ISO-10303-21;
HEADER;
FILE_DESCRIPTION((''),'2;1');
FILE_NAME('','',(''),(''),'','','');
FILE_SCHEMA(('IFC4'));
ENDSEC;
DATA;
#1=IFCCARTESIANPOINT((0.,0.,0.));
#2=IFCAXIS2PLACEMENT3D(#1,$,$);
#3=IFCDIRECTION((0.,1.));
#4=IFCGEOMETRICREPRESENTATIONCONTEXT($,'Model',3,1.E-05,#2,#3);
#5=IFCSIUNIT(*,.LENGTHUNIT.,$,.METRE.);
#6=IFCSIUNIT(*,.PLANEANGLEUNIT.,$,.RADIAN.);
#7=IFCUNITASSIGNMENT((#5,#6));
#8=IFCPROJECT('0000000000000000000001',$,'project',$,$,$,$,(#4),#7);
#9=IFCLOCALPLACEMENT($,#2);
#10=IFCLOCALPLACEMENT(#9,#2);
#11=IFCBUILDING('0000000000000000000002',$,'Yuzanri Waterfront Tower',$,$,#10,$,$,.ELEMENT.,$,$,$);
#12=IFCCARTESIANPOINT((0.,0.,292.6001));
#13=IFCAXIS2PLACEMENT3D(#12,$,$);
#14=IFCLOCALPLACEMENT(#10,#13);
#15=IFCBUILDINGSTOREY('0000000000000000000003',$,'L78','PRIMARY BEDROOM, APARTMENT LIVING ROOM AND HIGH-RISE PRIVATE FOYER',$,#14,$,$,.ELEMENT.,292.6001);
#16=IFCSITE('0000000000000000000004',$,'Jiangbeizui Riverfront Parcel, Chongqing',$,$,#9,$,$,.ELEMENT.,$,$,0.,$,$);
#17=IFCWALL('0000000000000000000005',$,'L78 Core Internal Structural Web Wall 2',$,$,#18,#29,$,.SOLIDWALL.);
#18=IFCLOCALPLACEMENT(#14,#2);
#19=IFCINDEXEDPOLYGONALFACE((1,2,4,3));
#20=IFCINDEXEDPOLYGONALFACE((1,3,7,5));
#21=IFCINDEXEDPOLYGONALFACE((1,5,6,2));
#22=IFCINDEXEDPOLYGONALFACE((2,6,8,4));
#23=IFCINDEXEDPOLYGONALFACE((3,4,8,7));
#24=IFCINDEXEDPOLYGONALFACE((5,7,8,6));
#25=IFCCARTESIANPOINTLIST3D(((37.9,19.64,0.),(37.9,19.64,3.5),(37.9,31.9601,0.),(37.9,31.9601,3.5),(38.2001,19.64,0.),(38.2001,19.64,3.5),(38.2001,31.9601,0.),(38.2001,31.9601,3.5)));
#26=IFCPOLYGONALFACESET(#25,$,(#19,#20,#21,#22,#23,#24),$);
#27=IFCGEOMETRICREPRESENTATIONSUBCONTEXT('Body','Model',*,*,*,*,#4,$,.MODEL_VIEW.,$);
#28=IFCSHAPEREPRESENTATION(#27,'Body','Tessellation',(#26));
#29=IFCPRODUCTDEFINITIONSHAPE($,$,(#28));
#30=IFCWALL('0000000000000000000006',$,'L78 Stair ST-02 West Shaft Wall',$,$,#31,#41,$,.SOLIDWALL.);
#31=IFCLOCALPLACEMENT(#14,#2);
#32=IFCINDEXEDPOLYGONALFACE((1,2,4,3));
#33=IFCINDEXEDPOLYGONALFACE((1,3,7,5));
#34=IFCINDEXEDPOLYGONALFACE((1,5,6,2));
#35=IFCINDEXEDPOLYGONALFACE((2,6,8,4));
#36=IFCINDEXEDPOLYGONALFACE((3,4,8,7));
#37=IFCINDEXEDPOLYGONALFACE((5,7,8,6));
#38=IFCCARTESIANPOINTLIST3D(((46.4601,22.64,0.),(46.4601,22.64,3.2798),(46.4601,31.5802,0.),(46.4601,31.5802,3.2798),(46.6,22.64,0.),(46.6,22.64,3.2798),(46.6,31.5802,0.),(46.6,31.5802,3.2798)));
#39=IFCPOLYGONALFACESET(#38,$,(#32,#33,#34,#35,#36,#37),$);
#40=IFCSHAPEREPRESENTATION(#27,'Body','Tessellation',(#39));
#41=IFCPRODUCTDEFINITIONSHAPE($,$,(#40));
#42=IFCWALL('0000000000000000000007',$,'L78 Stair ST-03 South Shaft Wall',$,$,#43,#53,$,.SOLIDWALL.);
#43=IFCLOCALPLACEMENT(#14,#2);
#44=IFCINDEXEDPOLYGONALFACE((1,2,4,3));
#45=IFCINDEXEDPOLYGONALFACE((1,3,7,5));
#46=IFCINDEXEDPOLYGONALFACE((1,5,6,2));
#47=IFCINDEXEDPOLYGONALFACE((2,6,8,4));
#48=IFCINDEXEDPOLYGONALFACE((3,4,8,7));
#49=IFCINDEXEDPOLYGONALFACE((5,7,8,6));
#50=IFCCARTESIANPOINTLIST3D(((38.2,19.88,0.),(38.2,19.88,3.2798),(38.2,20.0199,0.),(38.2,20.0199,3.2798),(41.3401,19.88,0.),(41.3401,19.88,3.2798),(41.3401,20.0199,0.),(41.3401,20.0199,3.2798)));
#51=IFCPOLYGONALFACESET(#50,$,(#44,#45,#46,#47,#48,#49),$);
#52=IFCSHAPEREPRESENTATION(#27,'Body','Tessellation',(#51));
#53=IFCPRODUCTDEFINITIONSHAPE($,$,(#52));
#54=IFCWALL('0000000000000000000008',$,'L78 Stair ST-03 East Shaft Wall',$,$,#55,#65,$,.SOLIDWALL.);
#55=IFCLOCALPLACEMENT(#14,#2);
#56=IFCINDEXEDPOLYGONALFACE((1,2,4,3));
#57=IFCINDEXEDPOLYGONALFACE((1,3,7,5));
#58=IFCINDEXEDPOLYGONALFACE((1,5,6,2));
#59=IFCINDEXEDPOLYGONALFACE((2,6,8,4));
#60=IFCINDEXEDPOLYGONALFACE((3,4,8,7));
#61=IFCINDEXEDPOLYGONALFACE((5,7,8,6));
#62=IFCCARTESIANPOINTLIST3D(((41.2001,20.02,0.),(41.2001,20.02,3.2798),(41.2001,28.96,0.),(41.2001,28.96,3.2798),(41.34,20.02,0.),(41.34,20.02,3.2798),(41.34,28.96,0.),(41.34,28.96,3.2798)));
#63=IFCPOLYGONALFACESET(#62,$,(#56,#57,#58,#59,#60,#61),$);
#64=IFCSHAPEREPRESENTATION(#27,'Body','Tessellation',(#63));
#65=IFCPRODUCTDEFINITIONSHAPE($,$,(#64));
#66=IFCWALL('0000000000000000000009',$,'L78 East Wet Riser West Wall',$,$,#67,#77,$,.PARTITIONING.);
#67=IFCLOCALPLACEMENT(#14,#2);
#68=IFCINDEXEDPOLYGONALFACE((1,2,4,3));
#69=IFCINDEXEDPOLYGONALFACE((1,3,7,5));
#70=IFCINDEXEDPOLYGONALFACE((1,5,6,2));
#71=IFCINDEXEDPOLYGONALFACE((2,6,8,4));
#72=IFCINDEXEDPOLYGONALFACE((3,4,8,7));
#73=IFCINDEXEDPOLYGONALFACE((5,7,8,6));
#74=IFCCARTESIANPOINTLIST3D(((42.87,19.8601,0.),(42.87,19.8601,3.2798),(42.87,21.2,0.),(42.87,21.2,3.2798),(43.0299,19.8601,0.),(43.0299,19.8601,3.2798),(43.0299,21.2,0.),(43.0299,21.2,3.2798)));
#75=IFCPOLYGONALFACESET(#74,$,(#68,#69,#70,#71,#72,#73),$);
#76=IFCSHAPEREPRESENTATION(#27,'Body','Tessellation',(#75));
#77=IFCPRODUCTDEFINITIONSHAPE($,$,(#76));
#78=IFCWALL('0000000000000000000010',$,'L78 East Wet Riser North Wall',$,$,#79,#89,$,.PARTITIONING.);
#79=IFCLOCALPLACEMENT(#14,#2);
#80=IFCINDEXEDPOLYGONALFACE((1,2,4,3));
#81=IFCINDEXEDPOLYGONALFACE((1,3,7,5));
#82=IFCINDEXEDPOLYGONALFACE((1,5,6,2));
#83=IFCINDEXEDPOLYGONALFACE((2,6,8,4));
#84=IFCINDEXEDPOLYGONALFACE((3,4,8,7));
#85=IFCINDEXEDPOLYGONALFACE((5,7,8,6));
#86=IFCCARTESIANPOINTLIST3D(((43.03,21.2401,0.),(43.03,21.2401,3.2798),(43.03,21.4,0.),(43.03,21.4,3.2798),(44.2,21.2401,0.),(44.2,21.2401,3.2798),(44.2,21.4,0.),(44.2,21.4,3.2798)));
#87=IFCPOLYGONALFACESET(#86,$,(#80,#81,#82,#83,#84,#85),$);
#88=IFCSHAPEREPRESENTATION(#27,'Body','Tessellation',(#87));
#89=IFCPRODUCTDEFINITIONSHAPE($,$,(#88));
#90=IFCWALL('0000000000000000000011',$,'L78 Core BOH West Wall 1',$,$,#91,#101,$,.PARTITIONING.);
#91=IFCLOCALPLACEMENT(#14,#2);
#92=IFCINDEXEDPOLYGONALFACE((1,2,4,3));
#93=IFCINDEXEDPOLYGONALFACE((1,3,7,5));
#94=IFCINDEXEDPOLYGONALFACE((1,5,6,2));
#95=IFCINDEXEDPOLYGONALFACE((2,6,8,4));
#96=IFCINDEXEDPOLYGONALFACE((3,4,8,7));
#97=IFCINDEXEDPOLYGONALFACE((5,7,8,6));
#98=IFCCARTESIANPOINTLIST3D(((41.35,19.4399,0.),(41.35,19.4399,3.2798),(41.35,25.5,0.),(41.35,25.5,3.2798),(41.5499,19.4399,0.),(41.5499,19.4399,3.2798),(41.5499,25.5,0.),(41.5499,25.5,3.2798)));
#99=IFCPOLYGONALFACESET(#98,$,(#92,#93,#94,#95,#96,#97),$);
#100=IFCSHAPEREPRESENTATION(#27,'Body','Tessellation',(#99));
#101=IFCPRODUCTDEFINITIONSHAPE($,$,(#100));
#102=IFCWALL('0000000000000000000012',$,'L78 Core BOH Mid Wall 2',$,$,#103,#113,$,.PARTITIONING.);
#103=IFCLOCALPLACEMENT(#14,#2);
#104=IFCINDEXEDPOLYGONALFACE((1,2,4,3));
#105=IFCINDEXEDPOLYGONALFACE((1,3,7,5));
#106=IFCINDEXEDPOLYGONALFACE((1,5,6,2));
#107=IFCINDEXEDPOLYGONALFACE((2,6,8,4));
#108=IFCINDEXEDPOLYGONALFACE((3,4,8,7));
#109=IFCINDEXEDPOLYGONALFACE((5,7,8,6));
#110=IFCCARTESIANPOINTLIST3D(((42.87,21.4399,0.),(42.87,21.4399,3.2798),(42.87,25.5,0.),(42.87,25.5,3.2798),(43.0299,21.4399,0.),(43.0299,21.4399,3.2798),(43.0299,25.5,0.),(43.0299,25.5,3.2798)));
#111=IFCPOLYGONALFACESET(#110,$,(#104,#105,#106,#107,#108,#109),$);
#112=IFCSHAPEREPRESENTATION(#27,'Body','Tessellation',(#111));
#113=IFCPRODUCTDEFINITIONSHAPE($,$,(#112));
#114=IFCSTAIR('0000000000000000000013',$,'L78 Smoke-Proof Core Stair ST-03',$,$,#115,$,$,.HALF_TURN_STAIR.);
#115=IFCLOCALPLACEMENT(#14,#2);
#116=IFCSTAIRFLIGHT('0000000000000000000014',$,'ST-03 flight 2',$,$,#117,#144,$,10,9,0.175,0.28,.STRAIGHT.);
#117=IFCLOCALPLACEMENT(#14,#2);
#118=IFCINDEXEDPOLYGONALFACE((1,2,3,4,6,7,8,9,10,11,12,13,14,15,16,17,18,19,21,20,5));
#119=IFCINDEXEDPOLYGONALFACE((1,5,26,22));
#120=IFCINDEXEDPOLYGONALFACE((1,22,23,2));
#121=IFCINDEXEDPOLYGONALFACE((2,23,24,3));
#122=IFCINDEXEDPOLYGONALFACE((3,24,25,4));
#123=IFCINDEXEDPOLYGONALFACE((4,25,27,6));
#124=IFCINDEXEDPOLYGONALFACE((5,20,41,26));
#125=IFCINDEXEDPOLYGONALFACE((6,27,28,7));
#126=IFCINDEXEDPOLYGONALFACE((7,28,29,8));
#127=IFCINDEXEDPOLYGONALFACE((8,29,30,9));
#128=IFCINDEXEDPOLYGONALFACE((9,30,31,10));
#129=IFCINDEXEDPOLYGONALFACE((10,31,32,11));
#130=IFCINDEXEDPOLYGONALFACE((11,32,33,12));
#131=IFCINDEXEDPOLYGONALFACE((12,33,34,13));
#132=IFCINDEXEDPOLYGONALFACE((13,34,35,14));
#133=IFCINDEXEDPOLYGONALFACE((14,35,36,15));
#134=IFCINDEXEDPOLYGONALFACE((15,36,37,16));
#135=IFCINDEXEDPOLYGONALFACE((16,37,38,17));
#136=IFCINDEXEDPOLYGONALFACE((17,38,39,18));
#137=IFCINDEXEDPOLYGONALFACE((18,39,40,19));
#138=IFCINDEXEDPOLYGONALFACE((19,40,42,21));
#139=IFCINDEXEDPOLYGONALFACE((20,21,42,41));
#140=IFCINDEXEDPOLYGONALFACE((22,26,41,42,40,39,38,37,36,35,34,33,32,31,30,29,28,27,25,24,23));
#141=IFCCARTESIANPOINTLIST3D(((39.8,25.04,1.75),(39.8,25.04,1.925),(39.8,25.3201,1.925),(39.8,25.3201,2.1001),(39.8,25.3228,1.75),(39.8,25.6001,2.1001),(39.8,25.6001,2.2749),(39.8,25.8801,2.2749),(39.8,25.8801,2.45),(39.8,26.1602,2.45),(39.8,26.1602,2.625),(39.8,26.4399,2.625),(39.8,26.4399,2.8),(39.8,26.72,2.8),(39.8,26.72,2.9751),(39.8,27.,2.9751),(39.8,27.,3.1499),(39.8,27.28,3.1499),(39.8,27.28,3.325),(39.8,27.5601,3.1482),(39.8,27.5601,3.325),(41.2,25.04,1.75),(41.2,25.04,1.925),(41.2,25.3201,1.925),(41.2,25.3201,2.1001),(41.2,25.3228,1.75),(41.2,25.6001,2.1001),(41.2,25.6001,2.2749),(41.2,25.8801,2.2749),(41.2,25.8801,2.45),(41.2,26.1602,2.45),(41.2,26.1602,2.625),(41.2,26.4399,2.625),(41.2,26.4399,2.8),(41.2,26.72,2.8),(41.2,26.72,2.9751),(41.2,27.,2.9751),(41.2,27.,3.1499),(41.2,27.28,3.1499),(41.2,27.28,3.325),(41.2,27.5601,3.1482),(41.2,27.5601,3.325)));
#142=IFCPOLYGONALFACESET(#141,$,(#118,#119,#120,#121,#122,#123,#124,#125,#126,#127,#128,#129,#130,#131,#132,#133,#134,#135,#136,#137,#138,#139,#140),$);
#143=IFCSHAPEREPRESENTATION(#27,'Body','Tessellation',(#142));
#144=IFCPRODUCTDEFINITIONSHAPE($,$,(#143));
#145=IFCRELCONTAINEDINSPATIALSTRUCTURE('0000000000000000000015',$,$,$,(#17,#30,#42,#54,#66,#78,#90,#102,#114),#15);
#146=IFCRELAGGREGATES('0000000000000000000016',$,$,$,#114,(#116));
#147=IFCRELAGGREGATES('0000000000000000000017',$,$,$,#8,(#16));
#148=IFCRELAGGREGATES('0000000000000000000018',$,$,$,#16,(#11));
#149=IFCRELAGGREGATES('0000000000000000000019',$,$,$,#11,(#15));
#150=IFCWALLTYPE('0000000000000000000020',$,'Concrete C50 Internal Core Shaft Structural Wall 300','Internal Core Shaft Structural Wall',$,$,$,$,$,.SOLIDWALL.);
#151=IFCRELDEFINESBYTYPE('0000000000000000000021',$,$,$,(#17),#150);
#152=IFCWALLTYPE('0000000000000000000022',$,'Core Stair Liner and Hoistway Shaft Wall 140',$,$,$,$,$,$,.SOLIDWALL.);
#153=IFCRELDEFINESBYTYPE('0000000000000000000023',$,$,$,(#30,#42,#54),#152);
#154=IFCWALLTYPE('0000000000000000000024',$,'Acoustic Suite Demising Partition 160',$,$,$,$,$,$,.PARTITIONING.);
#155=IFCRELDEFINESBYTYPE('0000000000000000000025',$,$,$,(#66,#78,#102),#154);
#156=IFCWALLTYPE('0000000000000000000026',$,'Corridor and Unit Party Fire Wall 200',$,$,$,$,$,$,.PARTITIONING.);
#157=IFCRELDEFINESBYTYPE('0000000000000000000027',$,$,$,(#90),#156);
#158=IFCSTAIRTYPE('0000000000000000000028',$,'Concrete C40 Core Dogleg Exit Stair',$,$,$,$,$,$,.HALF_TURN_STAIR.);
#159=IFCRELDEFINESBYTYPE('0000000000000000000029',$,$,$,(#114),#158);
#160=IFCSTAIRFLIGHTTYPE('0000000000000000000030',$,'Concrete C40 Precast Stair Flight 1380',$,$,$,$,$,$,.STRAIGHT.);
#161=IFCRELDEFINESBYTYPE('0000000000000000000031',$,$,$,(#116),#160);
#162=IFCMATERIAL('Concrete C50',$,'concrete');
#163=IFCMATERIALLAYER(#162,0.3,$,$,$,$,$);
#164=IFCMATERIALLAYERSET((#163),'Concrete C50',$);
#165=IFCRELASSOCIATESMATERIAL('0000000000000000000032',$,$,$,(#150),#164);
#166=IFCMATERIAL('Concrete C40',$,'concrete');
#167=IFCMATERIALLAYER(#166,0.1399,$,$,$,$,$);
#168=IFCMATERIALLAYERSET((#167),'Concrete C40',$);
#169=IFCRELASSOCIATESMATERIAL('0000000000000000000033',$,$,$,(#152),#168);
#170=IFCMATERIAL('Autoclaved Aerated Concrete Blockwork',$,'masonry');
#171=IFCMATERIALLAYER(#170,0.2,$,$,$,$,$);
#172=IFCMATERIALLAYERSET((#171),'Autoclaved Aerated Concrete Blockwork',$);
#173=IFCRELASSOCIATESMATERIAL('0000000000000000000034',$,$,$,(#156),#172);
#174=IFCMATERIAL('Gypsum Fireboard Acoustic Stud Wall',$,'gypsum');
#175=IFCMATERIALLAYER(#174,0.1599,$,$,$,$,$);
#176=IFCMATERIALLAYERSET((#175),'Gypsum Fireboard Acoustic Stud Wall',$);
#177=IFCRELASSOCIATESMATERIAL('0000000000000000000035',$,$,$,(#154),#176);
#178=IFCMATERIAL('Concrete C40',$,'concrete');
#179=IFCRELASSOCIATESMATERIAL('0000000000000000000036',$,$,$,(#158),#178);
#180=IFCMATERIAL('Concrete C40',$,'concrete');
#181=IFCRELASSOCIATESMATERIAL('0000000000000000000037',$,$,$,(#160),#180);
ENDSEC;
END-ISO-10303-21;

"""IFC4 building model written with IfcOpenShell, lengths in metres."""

from ifc_helpers import new_model, si_unit, direction, frame, frame_2d, origin, place, context, subcontext, project, spatial, polyline, rectangle, outline, extrude, source, transform, mapped, material, layer, layer_set, type_object, element, aggregate, save


model = new_model("IFC4")

# Units and contexts
model_context = context("Model", 3, precision=1e-05, world=origin(), true_north=direction((0.0, 1.0)))
body_context = subcontext(model_context, "Body", "Model", "MODEL_VIEW")
ifc_project = project(units=[si_unit("LENGTHUNIT", "METRE"), si_unit("PLANEANGLEUNIT", "RADIAN")], contexts=[model_context])

# Site, building, storey
site_placement = place(None, origin())
site = spatial("IfcSite", under=ifc_project, at=site_placement, Name="Jiangbeizui Riverfront Parcel, Chongqing", CompositionType="ELEMENT", RefElevation=0.0)
building_placement = place(site_placement, origin())
building = spatial("IfcBuilding", under=site, at=building_placement, Name="Yuzanri Waterfront Tower", CompositionType="ELEMENT")
storey_placement = place(building_placement, frame((0.0, 0.0, 292.6001)))
storey = spatial("IfcBuildingStorey", under=building, at=storey_placement, Name="L78", Description="PRIMARY BEDROOM, APARTMENT LIVING ROOM AND HIGH-RISE PRIVATE FOYER", CompositionType="ELEMENT", Elevation=292.6001)

# Shared definitions
ifc_material_1 = material(Name="Concrete C50", Category="concrete")
ifc_layer_1 = layer(ifc_material_1, 0.3)
ifc_layer_set_1 = layer_set([ifc_layer_1], Name="Concrete C50")
wall_type_1 = type_object("IfcWallType", Name="Concrete C50 Internal Core Shaft Structural Wall 300", Description="Internal Core Shaft Structural Wall", PredefinedType="SOLIDWALL", material=ifc_layer_set_1)

# Shared definitions
ifc_material_2 = material(Name="Concrete C40", Category="concrete")
ifc_layer_2 = layer(ifc_material_2, 0.1399)
ifc_layer_set_2 = layer_set([ifc_layer_2], Name="Concrete C40")
wall_type_2 = type_object("IfcWallType", Name="Core Stair Liner and Hoistway Shaft Wall 140", PredefinedType="SOLIDWALL", material=ifc_layer_set_2)
ifc_material_3 = material(Name="Autoclaved Aerated Concrete Blockwork", Category="masonry")
ifc_layer_3 = layer(ifc_material_3, 0.2)
ifc_layer_set_3 = layer_set([ifc_layer_3], Name="Autoclaved Aerated Concrete Blockwork")
wall_type_3 = type_object("IfcWallType", Name="Corridor and Unit Party Fire Wall 200", PredefinedType="PARTITIONING", material=ifc_layer_set_3)

# Walls
shared_shape_1 = source(origin(), body_context, "Body", "SweptSolid", [
    extrude(rectangle(XDim=12.3201, YDim=0.3, at=frame_2d((6.1602, 0.0))), origin(), (0.0, 0.0, 1.0), 3.5),
])
wall_1_placement = place(storey_placement, frame((38.05, 19.6399, 0.0), z_axis=(0.0, 0.0, 1.0), x_axis=(0.0, 1.0, 0.0)))
element("IfcWall", 1, at=wall_1_placement, inside=storey, type_object=wall_type_1, Name="L78 Core Internal Structural Web Wall 2", PredefinedType="SOLIDWALL", context=body_context, shape_type="MappedRepresentation", body=[
    mapped(shared_shape_1, transform((0.0, 0.0, 0.0), scale=1.0)),
])
shared_shape_2 = source(origin(), body_context, "Body", "SweptSolid", [
    extrude(rectangle(XDim=8.9402, YDim=0.1399, at=frame_2d((4.4702, 0.0))), origin(), (0.0, 0.0, 1.0), 3.2798),
])
wall_2_placement = place(storey_placement, frame((46.53, 22.6399, 0.0), z_axis=(0.0, 0.0, 1.0), x_axis=(0.0, 1.0, 0.0)))
element("IfcWall", 2, at=wall_2_placement, inside=storey, type_object=wall_type_2, Name="L78 Stair ST-02 West Shaft Wall", PredefinedType="SOLIDWALL", context=body_context, shape_type="MappedRepresentation", body=[
    mapped(shared_shape_2, transform((0.0, 0.0, 0.0), scale=1.0)),
])
shared_shape_3 = source(origin(), body_context, "Body", "SweptSolid", [
    extrude(rectangle(XDim=3.1401, YDim=0.1399, at=frame_2d((1.5701, 0.0))), origin(), (0.0, 0.0, 1.0), 3.2798),
])
wall_3_placement = place(storey_placement, frame((38.2, 19.95, 0.0), z_axis=(0.0, 0.0, 1.0), x_axis=(1.0, 0.0, 0.0)))
element("IfcWall", 3, at=wall_3_placement, inside=storey, type_object=wall_type_2, Name="L78 Stair ST-03 South Shaft Wall", PredefinedType="SOLIDWALL", context=body_context, shape_type="MappedRepresentation", body=[
    mapped(shared_shape_3, transform((0.0, 0.0, 0.0), scale=1.0)),
])
shared_shape_4 = source(origin(), body_context, "Body", "SweptSolid", [
    extrude(rectangle(XDim=8.9399, YDim=0.1399, at=frame_2d((4.47, 0.0))), origin(), (0.0, 0.0, 1.0), 3.2798),
])
wall_4_placement = place(storey_placement, frame((41.27, 20.02, 0.0), z_axis=(0.0, 0.0, 1.0), x_axis=(0.0, 1.0, 0.0)))
element("IfcWall", 4, at=wall_4_placement, inside=storey, type_object=wall_type_2, Name="L78 Stair ST-03 East Shaft Wall", PredefinedType="SOLIDWALL", context=body_context, shape_type="MappedRepresentation", body=[
    mapped(shared_shape_4, transform((0.0, 0.0, 0.0), scale=1.0)),
])
ifc_material_4 = material(Name="Gypsum Fireboard Acoustic Stud Wall", Category="gypsum")
ifc_layer_4 = layer(ifc_material_4, 0.1599)
ifc_layer_set_4 = layer_set([ifc_layer_4], Name="Gypsum Fireboard Acoustic Stud Wall")
wall_type_4 = type_object("IfcWallType", Name="Acoustic Suite Demising Partition 160", PredefinedType="PARTITIONING", material=ifc_layer_set_4)
shared_shape_5 = source(origin(), body_context, "Body", "SweptSolid", [
    extrude(rectangle(XDim=1.3398, YDim=0.1599, at=frame_2d((0.6699, 0.0))), origin(), (0.0, 0.0, 1.0), 3.2798),
])
wall_5_placement = place(storey_placement, frame((42.95, 19.8601, 0.0), z_axis=(0.0, 0.0, 1.0), x_axis=(0.0, 1.0, 0.0)))
element("IfcWall", 5, at=wall_5_placement, inside=storey, type_object=wall_type_4, Name="L78 East Wet Riser West Wall", PredefinedType="PARTITIONING", context=body_context, shape_type="MappedRepresentation", body=[
    mapped(shared_shape_5, transform((0.0, 0.0, 0.0), scale=1.0)),
])
shared_shape_6 = source(origin(), body_context, "Body", "SweptSolid", [
    extrude(rectangle(XDim=1.1699, YDim=0.1599, at=frame_2d((0.585, 0.0))), origin(), (0.0, 0.0, 1.0), 3.2798),
])
wall_6_placement = place(storey_placement, frame((43.03, 21.3201, 0.0), z_axis=(0.0, 0.0, 1.0), x_axis=(1.0, 0.0, 0.0)))
element("IfcWall", 6, at=wall_6_placement, inside=storey, type_object=wall_type_4, Name="L78 East Wet Riser North Wall", PredefinedType="PARTITIONING", context=body_context, shape_type="MappedRepresentation", body=[
    mapped(shared_shape_6, transform((0.0, 0.0, 0.0), scale=1.0)),
])
shared_shape_7 = source(origin(), body_context, "Body", "SweptSolid", [
    extrude(rectangle(XDim=6.0601, YDim=0.2, at=frame_2d((3.03, 0.0))), origin(), (0.0, 0.0, 1.0), 3.2798),
])
wall_7_placement = place(storey_placement, frame((41.45, 19.4399, 0.0), z_axis=(0.0, 0.0, 1.0), x_axis=(0.0, 1.0, 0.0)))
element("IfcWall", 7, at=wall_7_placement, inside=storey, type_object=wall_type_3, Name="L78 Core BOH West Wall 1", PredefinedType="PARTITIONING", context=body_context, shape_type="MappedRepresentation", body=[
    mapped(shared_shape_7, transform((0.0, 0.0, 0.0), scale=1.0)),
])
shared_shape_8 = source(origin(), body_context, "Body", "SweptSolid", [
    extrude(rectangle(XDim=4.0601, YDim=0.1599, at=frame_2d((2.03, 0.0))), origin(), (0.0, 0.0, 1.0), 3.2798),
])
wall_8_placement = place(storey_placement, frame((42.95, 21.4399, 0.0), z_axis=(0.0, 0.0, 1.0), x_axis=(0.0, 1.0, 0.0)))
element("IfcWall", 8, at=wall_8_placement, inside=storey, type_object=wall_type_4, Name="L78 Core BOH Mid Wall 2", PredefinedType="PARTITIONING", context=body_context, shape_type="MappedRepresentation", body=[
    mapped(shared_shape_8, transform((0.0, 0.0, 0.0), scale=1.0)),
])

# Stair, stair flight
ifc_material_5 = material(Name="Concrete C40", Category="concrete")
stair_type = type_object("IfcStairType", Name="Concrete C40 Core Dogleg Exit Stair", PredefinedType="HALF_TURN_STAIR", material=ifc_material_5)
stair_placement = place(storey_placement, origin())
stair = element("IfcStair", 9, at=stair_placement, inside=storey, type_object=stair_type, Name="L78 Smoke-Proof Core Stair ST-03", PredefinedType="HALF_TURN_STAIR")
ifc_material_6 = material(Name="Concrete C40", Category="concrete")
stair_flight_type = type_object("IfcStairFlightType", Name="Concrete C40 Precast Stair Flight 1380", PredefinedType="STRAIGHT", material=ifc_material_6)
shared_shape_9 = source(origin(), body_context, "Body", "SweptSolid", [
    extrude(outline(polyline([(0.0, 0.0), (0.0, 0.175), (0.28, 0.175), (0.28, 0.3501), (0.5601, 0.3501), (0.5601, 0.5249), (0.8401, 0.5249), (0.8401, 0.7), (1.1201, 0.7), (1.1201, 0.875), (1.3999, 0.875), (1.3999, 1.05), (1.6799, 1.05), (1.6799, 1.2251), (1.96, 1.2251), (1.96, 1.3999), (2.24, 1.3999), (2.24, 1.575), (2.52, 1.575), (2.52, 1.75), (2.52, 1.3982), (0.2827, 0.0), (0.0, 0.0)])), frame((0.0, 0.7, 0.0), z_axis=(0.0, -1.0, 0.0), x_axis=(1.0, 0.0, 0.0)), (0.0, 0.0, 1.0), 1.3999),
])
stair_flight_placement = place(storey_placement, frame((40.5, 25.04, 1.75), z_axis=(0.0, 0.0, 1.0), x_axis=(0.0, 1.0, 0.0)))
stair_flight = element("IfcStairFlight", 10, at=stair_flight_placement, type_object=stair_flight_type, Name="ST-03 flight 2", NumberOfRisers=10, NumberOfTreads=9, PredefinedType="STRAIGHT", RiserHeight=0.175, TreadLength=0.28, context=body_context, shape_type="MappedRepresentation", body=[
    mapped(shared_shape_9, transform((0.0, 0.0, 0.0), scale=1.0)),
])
aggregate(stair, [stair_flight])

save(model, "model.ifc")
